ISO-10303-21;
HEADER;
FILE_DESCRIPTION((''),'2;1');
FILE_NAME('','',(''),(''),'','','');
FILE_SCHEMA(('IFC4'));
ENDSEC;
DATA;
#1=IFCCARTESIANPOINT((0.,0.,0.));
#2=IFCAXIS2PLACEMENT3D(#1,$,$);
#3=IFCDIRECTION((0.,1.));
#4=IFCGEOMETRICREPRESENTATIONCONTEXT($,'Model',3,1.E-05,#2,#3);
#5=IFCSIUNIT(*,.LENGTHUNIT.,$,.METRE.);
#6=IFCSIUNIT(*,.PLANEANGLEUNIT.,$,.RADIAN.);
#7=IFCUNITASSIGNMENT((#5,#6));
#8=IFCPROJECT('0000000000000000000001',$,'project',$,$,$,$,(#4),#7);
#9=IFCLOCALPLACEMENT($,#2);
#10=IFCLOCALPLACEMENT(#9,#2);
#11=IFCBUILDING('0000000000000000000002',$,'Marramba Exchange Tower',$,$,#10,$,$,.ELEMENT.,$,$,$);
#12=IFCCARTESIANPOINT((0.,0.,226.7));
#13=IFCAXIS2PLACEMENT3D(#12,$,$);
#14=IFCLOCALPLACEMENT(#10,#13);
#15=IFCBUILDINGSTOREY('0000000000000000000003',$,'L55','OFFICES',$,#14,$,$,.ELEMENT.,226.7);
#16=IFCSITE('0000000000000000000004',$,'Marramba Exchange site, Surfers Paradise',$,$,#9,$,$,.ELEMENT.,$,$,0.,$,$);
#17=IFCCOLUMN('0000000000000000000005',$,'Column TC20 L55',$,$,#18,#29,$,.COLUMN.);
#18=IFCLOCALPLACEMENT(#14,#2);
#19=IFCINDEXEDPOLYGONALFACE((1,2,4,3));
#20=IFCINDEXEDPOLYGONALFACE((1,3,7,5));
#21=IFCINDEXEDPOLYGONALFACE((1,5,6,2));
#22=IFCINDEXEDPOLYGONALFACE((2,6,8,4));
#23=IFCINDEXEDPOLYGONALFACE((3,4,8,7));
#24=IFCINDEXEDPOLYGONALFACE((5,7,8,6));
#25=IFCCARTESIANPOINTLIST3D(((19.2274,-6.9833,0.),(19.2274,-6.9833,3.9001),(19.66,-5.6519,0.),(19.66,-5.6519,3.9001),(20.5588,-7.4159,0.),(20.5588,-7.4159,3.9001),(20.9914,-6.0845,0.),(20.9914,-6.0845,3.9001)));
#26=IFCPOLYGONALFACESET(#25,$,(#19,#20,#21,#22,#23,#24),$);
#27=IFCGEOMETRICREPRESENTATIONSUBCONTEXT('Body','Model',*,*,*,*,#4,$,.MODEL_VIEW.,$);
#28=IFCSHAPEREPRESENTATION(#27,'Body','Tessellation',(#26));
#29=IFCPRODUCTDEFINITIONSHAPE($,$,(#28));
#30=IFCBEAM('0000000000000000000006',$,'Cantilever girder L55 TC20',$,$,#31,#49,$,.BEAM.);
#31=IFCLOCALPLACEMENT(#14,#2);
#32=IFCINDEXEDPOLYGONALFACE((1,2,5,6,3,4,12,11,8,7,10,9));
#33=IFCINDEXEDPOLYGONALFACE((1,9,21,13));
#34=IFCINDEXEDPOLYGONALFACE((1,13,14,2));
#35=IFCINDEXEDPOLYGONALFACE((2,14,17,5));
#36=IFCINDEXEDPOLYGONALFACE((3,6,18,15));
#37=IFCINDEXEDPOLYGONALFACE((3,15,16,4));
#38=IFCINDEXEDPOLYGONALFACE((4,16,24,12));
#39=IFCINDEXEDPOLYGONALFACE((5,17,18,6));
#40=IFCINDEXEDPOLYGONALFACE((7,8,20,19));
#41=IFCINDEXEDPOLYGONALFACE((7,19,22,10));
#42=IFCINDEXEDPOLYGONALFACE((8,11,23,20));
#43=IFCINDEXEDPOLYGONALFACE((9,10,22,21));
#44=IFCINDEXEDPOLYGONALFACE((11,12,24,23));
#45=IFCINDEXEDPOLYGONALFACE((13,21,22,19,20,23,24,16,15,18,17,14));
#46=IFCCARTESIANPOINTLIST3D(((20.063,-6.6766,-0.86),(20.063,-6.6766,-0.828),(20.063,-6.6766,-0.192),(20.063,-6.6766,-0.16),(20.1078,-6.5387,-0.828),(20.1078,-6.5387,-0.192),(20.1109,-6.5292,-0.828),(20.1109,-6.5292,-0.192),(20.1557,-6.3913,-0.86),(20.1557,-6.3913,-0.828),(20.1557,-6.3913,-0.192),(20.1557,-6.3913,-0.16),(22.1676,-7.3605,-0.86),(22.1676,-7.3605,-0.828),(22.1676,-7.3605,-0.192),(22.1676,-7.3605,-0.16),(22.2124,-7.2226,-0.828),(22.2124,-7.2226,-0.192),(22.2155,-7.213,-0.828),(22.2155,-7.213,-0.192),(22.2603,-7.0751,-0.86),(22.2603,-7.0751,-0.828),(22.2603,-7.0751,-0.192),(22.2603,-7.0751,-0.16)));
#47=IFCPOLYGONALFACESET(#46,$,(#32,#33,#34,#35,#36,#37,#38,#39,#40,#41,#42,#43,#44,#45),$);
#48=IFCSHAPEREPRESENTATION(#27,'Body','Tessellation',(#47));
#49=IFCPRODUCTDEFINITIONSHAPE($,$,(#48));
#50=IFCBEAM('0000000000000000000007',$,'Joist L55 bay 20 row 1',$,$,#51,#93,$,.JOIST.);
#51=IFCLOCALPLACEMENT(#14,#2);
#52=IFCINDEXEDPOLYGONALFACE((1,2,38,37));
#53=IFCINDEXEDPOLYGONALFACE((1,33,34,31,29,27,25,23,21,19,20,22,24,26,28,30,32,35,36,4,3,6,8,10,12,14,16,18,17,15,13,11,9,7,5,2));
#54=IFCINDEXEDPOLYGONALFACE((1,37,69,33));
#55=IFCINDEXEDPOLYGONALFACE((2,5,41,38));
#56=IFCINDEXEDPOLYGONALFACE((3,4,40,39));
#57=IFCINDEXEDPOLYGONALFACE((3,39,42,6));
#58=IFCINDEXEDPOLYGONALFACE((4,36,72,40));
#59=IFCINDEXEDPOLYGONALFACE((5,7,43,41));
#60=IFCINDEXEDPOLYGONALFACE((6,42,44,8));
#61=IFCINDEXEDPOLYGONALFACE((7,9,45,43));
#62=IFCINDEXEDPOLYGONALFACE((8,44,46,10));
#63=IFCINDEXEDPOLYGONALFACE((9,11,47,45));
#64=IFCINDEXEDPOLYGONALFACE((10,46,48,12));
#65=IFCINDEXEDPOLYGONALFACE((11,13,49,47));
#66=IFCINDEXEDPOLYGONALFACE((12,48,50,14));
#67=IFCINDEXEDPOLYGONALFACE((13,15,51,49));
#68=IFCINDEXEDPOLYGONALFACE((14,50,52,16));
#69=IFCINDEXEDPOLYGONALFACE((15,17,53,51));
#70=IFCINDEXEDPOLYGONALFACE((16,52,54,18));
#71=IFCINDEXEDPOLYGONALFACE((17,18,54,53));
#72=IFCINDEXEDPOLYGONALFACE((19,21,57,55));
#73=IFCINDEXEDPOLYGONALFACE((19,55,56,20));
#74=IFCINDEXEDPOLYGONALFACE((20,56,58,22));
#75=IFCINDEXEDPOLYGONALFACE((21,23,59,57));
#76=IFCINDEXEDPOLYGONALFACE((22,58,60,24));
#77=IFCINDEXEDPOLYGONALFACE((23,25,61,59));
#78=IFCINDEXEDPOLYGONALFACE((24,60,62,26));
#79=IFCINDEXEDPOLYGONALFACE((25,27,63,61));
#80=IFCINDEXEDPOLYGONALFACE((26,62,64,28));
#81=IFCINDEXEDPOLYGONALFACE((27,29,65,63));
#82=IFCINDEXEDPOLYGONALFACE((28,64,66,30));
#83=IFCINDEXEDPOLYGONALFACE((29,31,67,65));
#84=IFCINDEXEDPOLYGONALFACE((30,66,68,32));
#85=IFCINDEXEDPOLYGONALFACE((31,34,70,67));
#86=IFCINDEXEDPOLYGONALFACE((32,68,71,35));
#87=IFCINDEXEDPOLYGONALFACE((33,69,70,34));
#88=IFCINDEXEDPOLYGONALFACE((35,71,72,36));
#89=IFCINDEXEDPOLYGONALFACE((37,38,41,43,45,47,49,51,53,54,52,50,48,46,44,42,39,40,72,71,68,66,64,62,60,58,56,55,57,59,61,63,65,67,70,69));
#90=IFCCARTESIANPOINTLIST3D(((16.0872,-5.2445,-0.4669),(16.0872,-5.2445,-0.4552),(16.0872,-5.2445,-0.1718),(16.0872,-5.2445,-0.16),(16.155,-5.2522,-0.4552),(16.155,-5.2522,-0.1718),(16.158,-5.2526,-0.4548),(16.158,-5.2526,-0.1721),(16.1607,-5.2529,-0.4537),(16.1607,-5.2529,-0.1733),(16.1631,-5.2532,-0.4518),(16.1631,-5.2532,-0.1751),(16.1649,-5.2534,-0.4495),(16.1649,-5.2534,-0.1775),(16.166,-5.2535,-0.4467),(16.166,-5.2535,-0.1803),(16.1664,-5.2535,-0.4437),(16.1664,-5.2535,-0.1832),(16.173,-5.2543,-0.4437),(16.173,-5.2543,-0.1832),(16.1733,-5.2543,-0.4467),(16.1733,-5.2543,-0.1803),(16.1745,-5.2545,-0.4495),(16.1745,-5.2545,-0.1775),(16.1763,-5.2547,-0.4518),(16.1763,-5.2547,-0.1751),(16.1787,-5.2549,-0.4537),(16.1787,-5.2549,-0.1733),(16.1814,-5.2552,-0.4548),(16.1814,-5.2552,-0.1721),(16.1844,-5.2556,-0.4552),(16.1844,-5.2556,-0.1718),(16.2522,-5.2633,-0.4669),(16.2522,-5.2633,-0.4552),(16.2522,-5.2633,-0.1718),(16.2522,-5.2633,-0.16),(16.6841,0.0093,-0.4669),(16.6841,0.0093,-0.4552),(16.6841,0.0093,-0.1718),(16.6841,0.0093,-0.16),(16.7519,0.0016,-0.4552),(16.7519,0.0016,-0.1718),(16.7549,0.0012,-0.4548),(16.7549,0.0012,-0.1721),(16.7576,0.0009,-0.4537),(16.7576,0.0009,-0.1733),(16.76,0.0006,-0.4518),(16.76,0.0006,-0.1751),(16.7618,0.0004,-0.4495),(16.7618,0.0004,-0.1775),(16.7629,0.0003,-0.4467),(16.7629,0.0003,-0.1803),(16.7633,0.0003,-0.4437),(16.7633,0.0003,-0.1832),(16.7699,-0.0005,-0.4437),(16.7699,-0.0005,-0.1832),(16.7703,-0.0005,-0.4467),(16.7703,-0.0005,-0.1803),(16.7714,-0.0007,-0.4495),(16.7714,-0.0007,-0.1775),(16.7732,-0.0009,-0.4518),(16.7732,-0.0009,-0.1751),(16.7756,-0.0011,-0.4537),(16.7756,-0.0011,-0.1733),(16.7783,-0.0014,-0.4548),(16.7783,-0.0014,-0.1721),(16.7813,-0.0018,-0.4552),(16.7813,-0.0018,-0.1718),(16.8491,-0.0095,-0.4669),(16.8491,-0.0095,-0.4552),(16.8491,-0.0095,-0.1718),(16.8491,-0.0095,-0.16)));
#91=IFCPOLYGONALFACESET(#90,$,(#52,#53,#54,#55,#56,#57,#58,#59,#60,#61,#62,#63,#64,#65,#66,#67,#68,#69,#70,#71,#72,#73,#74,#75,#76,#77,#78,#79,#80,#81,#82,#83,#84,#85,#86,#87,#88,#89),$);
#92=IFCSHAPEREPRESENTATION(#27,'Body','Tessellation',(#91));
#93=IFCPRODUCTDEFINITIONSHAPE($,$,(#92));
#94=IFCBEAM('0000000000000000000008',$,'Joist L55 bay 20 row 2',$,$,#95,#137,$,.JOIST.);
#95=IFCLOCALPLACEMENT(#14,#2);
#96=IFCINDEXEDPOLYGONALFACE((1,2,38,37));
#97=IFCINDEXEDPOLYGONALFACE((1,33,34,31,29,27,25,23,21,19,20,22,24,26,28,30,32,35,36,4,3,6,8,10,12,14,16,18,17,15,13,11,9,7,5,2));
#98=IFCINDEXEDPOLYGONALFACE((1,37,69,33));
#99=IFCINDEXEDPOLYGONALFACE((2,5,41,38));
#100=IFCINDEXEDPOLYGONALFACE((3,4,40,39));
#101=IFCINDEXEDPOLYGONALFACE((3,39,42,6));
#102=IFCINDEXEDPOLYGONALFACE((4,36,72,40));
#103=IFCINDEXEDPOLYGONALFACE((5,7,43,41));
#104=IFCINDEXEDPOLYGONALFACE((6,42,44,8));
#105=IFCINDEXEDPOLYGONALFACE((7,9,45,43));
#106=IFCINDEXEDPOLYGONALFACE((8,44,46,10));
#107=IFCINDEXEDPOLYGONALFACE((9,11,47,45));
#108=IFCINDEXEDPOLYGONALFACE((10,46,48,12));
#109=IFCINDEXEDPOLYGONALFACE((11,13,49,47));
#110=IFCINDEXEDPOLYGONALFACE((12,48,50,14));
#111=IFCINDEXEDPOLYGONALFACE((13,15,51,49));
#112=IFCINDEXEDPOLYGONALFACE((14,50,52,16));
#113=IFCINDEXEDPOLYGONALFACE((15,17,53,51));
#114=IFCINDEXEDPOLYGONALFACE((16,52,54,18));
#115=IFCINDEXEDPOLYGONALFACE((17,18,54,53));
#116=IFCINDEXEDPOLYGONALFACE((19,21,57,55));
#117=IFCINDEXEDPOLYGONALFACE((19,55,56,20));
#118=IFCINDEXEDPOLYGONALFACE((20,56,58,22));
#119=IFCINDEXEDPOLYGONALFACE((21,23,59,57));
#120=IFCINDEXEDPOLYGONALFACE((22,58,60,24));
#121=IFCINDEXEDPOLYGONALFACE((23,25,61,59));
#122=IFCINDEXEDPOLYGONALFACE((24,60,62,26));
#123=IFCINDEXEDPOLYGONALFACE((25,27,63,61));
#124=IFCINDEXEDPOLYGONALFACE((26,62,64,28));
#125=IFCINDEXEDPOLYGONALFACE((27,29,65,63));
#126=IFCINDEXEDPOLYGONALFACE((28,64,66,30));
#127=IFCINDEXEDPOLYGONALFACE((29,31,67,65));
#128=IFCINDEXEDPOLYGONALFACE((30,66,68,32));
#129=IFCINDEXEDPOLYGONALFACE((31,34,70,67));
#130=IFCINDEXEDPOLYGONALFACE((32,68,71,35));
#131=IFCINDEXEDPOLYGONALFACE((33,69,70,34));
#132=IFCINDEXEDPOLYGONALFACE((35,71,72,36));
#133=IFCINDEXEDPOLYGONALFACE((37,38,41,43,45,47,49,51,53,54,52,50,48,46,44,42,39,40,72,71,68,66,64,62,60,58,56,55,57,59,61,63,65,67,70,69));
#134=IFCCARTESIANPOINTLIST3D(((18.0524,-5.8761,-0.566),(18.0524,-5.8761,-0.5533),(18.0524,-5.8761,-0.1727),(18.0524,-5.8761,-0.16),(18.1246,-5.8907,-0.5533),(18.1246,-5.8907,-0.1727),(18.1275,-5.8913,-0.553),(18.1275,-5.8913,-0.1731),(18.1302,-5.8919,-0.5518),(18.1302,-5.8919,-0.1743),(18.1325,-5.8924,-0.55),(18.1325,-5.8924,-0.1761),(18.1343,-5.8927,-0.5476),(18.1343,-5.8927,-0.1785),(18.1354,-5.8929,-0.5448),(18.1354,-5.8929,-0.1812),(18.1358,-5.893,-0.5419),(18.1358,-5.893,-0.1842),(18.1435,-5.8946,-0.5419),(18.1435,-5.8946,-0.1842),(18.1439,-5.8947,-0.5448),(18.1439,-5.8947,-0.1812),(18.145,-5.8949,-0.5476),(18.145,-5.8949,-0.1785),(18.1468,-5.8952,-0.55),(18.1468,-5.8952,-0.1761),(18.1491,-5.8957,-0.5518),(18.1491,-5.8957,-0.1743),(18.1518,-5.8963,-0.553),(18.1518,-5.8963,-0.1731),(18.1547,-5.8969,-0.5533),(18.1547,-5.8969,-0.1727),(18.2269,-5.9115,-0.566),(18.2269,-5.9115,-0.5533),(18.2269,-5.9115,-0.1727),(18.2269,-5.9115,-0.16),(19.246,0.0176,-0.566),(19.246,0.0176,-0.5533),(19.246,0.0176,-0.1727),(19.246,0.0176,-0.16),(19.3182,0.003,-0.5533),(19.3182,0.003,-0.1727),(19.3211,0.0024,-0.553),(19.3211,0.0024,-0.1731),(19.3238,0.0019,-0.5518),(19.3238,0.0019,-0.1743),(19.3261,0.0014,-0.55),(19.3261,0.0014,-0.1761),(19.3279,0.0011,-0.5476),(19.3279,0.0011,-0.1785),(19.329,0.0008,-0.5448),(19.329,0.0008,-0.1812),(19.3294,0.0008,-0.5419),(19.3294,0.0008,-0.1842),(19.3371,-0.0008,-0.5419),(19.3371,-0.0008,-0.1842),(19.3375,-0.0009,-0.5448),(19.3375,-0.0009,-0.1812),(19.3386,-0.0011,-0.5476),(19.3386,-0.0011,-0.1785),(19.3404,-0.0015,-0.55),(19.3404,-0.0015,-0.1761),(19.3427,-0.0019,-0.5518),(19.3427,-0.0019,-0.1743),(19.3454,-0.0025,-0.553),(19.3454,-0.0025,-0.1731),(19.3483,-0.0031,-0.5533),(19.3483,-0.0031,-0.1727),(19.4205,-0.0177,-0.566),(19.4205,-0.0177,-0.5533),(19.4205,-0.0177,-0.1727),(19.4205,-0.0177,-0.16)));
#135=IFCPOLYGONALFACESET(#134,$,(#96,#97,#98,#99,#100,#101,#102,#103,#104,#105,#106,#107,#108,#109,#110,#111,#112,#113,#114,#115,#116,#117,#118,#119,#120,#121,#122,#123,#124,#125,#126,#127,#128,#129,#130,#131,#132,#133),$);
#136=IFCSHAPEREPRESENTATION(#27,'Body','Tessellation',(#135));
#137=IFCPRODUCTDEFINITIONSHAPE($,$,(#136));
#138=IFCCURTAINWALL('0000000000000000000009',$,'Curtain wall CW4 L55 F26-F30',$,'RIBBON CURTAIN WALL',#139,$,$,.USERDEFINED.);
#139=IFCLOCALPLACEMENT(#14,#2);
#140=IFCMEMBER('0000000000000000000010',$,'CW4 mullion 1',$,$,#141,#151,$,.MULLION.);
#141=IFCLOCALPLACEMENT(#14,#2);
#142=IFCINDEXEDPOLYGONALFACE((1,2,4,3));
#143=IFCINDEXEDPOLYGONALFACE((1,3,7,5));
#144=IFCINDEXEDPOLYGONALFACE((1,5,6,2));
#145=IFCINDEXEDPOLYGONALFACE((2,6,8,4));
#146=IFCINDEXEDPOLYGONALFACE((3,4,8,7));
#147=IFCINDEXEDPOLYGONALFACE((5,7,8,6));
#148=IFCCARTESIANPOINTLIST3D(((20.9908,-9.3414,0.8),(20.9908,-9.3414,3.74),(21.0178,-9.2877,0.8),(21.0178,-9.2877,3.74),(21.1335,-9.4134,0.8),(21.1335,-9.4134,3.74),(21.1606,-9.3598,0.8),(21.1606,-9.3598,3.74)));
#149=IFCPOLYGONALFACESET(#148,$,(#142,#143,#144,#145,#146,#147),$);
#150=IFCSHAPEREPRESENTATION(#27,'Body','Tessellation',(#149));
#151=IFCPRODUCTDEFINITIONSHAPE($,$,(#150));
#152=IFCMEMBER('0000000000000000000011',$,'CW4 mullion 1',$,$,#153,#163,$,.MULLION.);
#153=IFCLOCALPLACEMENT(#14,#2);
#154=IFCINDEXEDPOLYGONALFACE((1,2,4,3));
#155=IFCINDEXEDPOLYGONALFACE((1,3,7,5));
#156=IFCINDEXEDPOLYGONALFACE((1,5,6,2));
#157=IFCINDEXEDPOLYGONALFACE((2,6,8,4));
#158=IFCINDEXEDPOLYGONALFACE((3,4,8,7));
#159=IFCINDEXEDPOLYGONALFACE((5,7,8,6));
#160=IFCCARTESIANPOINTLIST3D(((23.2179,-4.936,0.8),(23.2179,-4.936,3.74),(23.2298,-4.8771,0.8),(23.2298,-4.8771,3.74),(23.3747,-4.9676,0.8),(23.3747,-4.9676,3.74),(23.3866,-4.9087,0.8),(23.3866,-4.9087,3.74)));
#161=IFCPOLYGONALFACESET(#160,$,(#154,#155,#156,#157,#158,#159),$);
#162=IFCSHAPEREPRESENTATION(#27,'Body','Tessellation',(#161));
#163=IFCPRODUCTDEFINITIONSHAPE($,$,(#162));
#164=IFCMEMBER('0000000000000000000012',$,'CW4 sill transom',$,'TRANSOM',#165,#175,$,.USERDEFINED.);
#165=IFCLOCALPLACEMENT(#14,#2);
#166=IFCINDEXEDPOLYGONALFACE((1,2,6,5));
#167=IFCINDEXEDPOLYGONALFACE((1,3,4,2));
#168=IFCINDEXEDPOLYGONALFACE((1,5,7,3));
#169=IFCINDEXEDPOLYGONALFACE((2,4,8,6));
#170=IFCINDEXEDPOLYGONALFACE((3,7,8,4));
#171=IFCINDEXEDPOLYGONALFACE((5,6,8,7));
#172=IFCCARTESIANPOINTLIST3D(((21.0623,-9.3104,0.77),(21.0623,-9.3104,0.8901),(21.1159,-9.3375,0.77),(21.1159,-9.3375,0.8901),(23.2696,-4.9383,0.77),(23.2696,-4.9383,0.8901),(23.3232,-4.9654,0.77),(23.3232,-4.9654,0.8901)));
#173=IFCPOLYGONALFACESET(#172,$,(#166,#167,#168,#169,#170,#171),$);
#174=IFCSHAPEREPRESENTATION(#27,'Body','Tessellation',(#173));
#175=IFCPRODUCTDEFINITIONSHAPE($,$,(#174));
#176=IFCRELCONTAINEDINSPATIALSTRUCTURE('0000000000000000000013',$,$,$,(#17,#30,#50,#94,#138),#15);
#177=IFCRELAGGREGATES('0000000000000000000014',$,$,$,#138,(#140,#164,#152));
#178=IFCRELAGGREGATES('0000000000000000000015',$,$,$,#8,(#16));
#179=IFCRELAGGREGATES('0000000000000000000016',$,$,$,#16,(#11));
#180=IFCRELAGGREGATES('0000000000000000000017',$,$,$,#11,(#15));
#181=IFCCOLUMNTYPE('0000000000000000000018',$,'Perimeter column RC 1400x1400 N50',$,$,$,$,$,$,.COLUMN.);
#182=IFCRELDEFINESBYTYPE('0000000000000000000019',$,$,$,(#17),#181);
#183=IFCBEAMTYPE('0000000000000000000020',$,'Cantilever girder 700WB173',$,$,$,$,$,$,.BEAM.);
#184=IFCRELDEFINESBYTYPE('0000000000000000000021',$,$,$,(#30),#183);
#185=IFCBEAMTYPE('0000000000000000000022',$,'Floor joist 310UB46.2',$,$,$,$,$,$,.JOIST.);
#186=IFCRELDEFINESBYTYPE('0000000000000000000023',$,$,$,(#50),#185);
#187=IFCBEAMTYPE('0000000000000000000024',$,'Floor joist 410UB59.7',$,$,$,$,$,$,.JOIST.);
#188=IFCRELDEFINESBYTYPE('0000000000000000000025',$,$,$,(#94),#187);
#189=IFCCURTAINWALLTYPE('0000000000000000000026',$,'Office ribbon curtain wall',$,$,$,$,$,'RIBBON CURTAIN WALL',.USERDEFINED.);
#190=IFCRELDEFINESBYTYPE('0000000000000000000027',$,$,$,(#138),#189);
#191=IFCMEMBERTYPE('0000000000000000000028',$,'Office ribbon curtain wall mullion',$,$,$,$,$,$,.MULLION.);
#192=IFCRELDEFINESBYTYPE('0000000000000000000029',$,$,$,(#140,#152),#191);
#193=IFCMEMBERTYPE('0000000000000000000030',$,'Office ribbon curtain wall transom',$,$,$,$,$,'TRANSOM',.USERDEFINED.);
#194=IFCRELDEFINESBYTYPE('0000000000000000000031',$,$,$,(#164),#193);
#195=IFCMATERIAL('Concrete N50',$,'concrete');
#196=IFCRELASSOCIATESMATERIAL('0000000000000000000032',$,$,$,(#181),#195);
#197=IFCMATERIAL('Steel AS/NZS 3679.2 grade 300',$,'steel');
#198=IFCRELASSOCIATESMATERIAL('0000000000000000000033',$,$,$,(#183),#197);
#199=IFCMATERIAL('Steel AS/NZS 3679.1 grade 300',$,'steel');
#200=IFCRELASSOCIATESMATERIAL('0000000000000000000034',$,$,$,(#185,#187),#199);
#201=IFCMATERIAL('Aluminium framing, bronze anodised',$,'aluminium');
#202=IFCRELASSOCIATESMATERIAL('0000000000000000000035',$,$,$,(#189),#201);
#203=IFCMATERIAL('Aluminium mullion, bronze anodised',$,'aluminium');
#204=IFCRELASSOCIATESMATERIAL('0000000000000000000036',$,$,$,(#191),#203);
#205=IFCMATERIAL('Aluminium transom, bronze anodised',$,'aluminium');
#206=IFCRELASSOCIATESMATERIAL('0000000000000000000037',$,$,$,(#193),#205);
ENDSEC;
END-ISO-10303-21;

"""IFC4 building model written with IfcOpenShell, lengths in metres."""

from ifc_helpers import new_model, si_unit, direction, frame, origin, origin_2d, place, context, subcontext, project, spatial, rectangle, i_section, extrude, material, material_profile, profile_set, type_object, element, aggregate, save


model = new_model("IFC4")

# Units and contexts
model_context = context("Model", 3, precision=1e-05, world=origin(), true_north=direction((0.0, 1.0)))
body_context = subcontext(model_context, "Body", "Model", "MODEL_VIEW")
ifc_project = project(units=[si_unit("LENGTHUNIT", "METRE"), si_unit("PLANEANGLEUNIT", "RADIAN")], contexts=[model_context])

# Site, building, storey
site_placement = place(None, origin())
site = spatial("IfcSite", under=ifc_project, at=site_placement, Name="Marramba Exchange site, Surfers Paradise", CompositionType="ELEMENT", RefElevation=0.0)
building_placement = place(site_placement, origin())
building = spatial("IfcBuilding", under=site, at=building_placement, Name="Marramba Exchange Tower", CompositionType="ELEMENT")
storey_placement = place(building_placement, frame((0.0, 0.0, 226.7)))
storey = spatial("IfcBuildingStorey", under=building, at=storey_placement, Name="L55", Description="OFFICES", CompositionType="ELEMENT", Elevation=226.7)

# Column
ifc_material_1 = material(Name="Concrete N50", Category="concrete")
ifc_material_profile_1 = material_profile(ifc_material_1, rectangle(XDim=1.3999, YDim=1.3999, at=origin_2d()), Name="RC 1400x1400")
ifc_profile_set_1 = profile_set([ifc_material_profile_1], Name="Concrete N50")
column_type = type_object("IfcColumnType", Name="Perimeter column RC 1400x1400 N50", PredefinedType="COLUMN", material=ifc_profile_set_1)
column_placement = place(storey_placement, frame((20.1094, -6.5339, 0.0), z_axis=(0.0, 0.0, 1.0), x_axis=(0.951057, -0.309017, 0.0)))
element("IfcColumn", 1, at=column_placement, inside=storey, type_object=column_type, Name="Column TC20 L55", PredefinedType="COLUMN", context=body_context, shape_type="SweptSolid", body=[
    extrude(rectangle(XDim=1.3999, YDim=1.3999, at=origin_2d()), origin(), (0.0, 0.0, 1.0), 3.9001),
])

# Beams
ifc_material_2 = material(Name="Steel AS/NZS 3679.2 grade 300", Category="steel")
ifc_material_profile_2 = material_profile(ifc_material_2, i_section(OverallWidth=0.3, OverallDepth=0.7, WebThickness=0.01, FlangeThickness=0.032, at=origin_2d()), Name="700WB173")
ifc_profile_set_2 = profile_set([ifc_material_profile_2], Name="Steel AS/NZS 3679.2 grade 300")
beam_type_1 = type_object("IfcBeamType", Name="Cantilever girder 700WB173", PredefinedType="BEAM", material=ifc_profile_set_2)
beam_1_placement = place(storey_placement, frame((20.1094, -6.5339, -0.51), z_axis=(0.95105, -0.309036, 0.0), x_axis=(0.309036, 0.95105, 0.0)))
element("IfcBeam", 2, at=beam_1_placement, inside=storey, type_object=beam_type_1, Name="Cantilever girder L55 TC20", PredefinedType="BEAM", context=body_context, shape_type="SweptSolid", body=[
    extrude(i_section(OverallWidth=0.3, OverallDepth=0.7, WebThickness=0.01, FlangeThickness=0.032, at=origin_2d()), origin(), (0.0, 0.0, 1.0), 2.2129),
])
ifc_material_3 = material(Name="Steel AS/NZS 3679.1 grade 300", Category="steel")
ifc_material_profile_3 = material_profile(ifc_material_3, i_section(OverallWidth=0.166, OverallDepth=0.3069, WebThickness=0.0066, FlangeThickness=0.0117, FilletRadius=0.0115, at=origin_2d()), Name="310UB46.2")
ifc_profile_set_3 = profile_set([ifc_material_profile_3], Name="Steel AS/NZS 3679.1 grade 300")
beam_type_2 = type_object("IfcBeamType", Name="Floor joist 310UB46.2", PredefinedType="JOIST", material=ifc_profile_set_3)
beam_2_placement = place(storey_placement, frame((16.1697, -5.2539, -0.3135), z_axis=(0.112889, 0.993608, 0.0), x_axis=(-0.993608, 0.112889, 0.0)))
element("IfcBeam", 3, at=beam_2_placement, inside=storey, type_object=beam_type_2, Name="Joist L55 bay 20 row 1", PredefinedType="JOIST", context=body_context, shape_type="SweptSolid", body=[
    extrude(i_section(OverallWidth=0.166, OverallDepth=0.3069, WebThickness=0.0066, FlangeThickness=0.0117, FilletRadius=0.0115, at=origin_2d()), origin(), (0.0, 0.0, 1.0), 5.2876),
])
ifc_material_profile_4 = material_profile(ifc_material_3, i_section(OverallWidth=0.178, OverallDepth=0.406, WebThickness=0.0078, FlangeThickness=0.0127, FilletRadius=0.0115, at=origin_2d()), Name="410UB59.7")
ifc_profile_set_4 = profile_set([ifc_material_profile_4], Name="Steel AS/NZS 3679.1 grade 300")
beam_type_3 = type_object("IfcBeamType", Name="Floor joist 410UB59.7", PredefinedType="JOIST", material=ifc_profile_set_4)
beam_3_placement = place(storey_placement, frame((18.1396, -5.8938, -0.363), z_axis=(0.198489, 0.980103, 0.0), x_axis=(-0.980103, 0.198489, 0.0)))
element("IfcBeam", 4, at=beam_3_placement, inside=storey, type_object=beam_type_3, Name="Joist L55 bay 20 row 2", PredefinedType="JOIST", context=body_context, shape_type="SweptSolid", body=[
    extrude(i_section(OverallWidth=0.178, OverallDepth=0.406, WebThickness=0.0078, FlangeThickness=0.0127, FilletRadius=0.0115, at=origin_2d()), origin(), (0.0, 0.0, 1.0), 6.0134),
])

# Curtain wall, members
ifc_material_4 = material(Name="Aluminium framing, bronze anodised", Category="aluminium")
curtain_wall_type = type_object("IfcCurtainWallType", Name="Office ribbon curtain wall", ElementType="RIBBON CURTAIN WALL", PredefinedType="USERDEFINED", material=ifc_material_4)
curtain_wall_placement = place(storey_placement, origin())
curtain_wall = element("IfcCurtainWall", 5, at=curtain_wall_placement, inside=storey, type_object=curtain_wall_type, Name="Curtain wall CW4 L55 F26-F30", ObjectType="RIBBON CURTAIN WALL", PredefinedType="USERDEFINED")
ifc_material_5 = material(Name="Aluminium mullion, bronze anodised", Category="aluminium")
ifc_material_profile_5 = material_profile(ifc_material_5, rectangle(XDim=0.1599, YDim=0.0601, at=origin_2d()), Name="CW4 mullion 60x160")
ifc_profile_set_5 = profile_set([ifc_material_profile_5], Name="Aluminium mullion, bronze anodised")
member_type_1 = type_object("IfcMemberType", Name="Office ribbon curtain wall mullion", PredefinedType="MULLION", material=ifc_profile_set_5)
member_1_placement = place(storey_placement, frame((21.0757, -9.3506, 0.8), z_axis=(0.0, 0.0, 1.0), x_axis=(-0.892689, 0.450673, 0.0)))
member_1 = element("IfcMember", 6, at=member_1_placement, type_object=member_type_1, Name="CW4 mullion 1", PredefinedType="MULLION", context=body_context, shape_type="SweptSolid", body=[
    extrude(rectangle(XDim=0.1599, YDim=0.0601, at=origin_2d()), origin(), (0.0, 0.0, 1.0), 2.9399),
])
member_2_placement = place(storey_placement, frame((23.3022, -4.9224, 0.8), z_axis=(0.0, 0.0, 1.0), x_axis=(-0.980304, 0.197495, 0.0)))
member_2 = element("IfcMember", 7, at=member_2_placement, type_object=member_type_1, Name="CW4 mullion 1", PredefinedType="MULLION", context=body_context, shape_type="SweptSolid", body=[
    extrude(rectangle(XDim=0.1599, YDim=0.0601, at=origin_2d()), origin(), (0.0, 0.0, 1.0), 2.9399),
])
ifc_material_6 = material(Name="Aluminium transom, bronze anodised", Category="aluminium")
ifc_material_profile_6 = material_profile(ifc_material_6, rectangle(XDim=0.0601, YDim=0.1201, at=origin_2d()), Name="CW4 transom 60x120")
ifc_profile_set_6 = profile_set([ifc_material_profile_6], Name="Aluminium transom, bronze anodised")
member_type_2 = type_object("IfcMemberType", Name="Office ribbon curtain wall transom", ElementType="TRANSOM", PredefinedType="USERDEFINED", material=ifc_profile_set_6)
member_3_placement = place(storey_placement, frame((21.0891, -9.324, 0.8301), z_axis=(0.45068, 0.892686, 0.0), x_axis=(-0.892686, 0.45068, 0.0)))
member_3 = element("IfcMember", 8, at=member_3_placement, type_object=member_type_2, Name="CW4 sill transom", ObjectType="TRANSOM", PredefinedType="USERDEFINED", context=body_context, shape_type="SweptSolid", body=[
    extrude(rectangle(XDim=0.0601, YDim=0.1201, at=origin_2d()), origin(), (0.0, 0.0, 1.0), 4.8977),
])

aggregate(curtain_wall, [member_1, member_3, member_2])

save(model, "model.ifc")
